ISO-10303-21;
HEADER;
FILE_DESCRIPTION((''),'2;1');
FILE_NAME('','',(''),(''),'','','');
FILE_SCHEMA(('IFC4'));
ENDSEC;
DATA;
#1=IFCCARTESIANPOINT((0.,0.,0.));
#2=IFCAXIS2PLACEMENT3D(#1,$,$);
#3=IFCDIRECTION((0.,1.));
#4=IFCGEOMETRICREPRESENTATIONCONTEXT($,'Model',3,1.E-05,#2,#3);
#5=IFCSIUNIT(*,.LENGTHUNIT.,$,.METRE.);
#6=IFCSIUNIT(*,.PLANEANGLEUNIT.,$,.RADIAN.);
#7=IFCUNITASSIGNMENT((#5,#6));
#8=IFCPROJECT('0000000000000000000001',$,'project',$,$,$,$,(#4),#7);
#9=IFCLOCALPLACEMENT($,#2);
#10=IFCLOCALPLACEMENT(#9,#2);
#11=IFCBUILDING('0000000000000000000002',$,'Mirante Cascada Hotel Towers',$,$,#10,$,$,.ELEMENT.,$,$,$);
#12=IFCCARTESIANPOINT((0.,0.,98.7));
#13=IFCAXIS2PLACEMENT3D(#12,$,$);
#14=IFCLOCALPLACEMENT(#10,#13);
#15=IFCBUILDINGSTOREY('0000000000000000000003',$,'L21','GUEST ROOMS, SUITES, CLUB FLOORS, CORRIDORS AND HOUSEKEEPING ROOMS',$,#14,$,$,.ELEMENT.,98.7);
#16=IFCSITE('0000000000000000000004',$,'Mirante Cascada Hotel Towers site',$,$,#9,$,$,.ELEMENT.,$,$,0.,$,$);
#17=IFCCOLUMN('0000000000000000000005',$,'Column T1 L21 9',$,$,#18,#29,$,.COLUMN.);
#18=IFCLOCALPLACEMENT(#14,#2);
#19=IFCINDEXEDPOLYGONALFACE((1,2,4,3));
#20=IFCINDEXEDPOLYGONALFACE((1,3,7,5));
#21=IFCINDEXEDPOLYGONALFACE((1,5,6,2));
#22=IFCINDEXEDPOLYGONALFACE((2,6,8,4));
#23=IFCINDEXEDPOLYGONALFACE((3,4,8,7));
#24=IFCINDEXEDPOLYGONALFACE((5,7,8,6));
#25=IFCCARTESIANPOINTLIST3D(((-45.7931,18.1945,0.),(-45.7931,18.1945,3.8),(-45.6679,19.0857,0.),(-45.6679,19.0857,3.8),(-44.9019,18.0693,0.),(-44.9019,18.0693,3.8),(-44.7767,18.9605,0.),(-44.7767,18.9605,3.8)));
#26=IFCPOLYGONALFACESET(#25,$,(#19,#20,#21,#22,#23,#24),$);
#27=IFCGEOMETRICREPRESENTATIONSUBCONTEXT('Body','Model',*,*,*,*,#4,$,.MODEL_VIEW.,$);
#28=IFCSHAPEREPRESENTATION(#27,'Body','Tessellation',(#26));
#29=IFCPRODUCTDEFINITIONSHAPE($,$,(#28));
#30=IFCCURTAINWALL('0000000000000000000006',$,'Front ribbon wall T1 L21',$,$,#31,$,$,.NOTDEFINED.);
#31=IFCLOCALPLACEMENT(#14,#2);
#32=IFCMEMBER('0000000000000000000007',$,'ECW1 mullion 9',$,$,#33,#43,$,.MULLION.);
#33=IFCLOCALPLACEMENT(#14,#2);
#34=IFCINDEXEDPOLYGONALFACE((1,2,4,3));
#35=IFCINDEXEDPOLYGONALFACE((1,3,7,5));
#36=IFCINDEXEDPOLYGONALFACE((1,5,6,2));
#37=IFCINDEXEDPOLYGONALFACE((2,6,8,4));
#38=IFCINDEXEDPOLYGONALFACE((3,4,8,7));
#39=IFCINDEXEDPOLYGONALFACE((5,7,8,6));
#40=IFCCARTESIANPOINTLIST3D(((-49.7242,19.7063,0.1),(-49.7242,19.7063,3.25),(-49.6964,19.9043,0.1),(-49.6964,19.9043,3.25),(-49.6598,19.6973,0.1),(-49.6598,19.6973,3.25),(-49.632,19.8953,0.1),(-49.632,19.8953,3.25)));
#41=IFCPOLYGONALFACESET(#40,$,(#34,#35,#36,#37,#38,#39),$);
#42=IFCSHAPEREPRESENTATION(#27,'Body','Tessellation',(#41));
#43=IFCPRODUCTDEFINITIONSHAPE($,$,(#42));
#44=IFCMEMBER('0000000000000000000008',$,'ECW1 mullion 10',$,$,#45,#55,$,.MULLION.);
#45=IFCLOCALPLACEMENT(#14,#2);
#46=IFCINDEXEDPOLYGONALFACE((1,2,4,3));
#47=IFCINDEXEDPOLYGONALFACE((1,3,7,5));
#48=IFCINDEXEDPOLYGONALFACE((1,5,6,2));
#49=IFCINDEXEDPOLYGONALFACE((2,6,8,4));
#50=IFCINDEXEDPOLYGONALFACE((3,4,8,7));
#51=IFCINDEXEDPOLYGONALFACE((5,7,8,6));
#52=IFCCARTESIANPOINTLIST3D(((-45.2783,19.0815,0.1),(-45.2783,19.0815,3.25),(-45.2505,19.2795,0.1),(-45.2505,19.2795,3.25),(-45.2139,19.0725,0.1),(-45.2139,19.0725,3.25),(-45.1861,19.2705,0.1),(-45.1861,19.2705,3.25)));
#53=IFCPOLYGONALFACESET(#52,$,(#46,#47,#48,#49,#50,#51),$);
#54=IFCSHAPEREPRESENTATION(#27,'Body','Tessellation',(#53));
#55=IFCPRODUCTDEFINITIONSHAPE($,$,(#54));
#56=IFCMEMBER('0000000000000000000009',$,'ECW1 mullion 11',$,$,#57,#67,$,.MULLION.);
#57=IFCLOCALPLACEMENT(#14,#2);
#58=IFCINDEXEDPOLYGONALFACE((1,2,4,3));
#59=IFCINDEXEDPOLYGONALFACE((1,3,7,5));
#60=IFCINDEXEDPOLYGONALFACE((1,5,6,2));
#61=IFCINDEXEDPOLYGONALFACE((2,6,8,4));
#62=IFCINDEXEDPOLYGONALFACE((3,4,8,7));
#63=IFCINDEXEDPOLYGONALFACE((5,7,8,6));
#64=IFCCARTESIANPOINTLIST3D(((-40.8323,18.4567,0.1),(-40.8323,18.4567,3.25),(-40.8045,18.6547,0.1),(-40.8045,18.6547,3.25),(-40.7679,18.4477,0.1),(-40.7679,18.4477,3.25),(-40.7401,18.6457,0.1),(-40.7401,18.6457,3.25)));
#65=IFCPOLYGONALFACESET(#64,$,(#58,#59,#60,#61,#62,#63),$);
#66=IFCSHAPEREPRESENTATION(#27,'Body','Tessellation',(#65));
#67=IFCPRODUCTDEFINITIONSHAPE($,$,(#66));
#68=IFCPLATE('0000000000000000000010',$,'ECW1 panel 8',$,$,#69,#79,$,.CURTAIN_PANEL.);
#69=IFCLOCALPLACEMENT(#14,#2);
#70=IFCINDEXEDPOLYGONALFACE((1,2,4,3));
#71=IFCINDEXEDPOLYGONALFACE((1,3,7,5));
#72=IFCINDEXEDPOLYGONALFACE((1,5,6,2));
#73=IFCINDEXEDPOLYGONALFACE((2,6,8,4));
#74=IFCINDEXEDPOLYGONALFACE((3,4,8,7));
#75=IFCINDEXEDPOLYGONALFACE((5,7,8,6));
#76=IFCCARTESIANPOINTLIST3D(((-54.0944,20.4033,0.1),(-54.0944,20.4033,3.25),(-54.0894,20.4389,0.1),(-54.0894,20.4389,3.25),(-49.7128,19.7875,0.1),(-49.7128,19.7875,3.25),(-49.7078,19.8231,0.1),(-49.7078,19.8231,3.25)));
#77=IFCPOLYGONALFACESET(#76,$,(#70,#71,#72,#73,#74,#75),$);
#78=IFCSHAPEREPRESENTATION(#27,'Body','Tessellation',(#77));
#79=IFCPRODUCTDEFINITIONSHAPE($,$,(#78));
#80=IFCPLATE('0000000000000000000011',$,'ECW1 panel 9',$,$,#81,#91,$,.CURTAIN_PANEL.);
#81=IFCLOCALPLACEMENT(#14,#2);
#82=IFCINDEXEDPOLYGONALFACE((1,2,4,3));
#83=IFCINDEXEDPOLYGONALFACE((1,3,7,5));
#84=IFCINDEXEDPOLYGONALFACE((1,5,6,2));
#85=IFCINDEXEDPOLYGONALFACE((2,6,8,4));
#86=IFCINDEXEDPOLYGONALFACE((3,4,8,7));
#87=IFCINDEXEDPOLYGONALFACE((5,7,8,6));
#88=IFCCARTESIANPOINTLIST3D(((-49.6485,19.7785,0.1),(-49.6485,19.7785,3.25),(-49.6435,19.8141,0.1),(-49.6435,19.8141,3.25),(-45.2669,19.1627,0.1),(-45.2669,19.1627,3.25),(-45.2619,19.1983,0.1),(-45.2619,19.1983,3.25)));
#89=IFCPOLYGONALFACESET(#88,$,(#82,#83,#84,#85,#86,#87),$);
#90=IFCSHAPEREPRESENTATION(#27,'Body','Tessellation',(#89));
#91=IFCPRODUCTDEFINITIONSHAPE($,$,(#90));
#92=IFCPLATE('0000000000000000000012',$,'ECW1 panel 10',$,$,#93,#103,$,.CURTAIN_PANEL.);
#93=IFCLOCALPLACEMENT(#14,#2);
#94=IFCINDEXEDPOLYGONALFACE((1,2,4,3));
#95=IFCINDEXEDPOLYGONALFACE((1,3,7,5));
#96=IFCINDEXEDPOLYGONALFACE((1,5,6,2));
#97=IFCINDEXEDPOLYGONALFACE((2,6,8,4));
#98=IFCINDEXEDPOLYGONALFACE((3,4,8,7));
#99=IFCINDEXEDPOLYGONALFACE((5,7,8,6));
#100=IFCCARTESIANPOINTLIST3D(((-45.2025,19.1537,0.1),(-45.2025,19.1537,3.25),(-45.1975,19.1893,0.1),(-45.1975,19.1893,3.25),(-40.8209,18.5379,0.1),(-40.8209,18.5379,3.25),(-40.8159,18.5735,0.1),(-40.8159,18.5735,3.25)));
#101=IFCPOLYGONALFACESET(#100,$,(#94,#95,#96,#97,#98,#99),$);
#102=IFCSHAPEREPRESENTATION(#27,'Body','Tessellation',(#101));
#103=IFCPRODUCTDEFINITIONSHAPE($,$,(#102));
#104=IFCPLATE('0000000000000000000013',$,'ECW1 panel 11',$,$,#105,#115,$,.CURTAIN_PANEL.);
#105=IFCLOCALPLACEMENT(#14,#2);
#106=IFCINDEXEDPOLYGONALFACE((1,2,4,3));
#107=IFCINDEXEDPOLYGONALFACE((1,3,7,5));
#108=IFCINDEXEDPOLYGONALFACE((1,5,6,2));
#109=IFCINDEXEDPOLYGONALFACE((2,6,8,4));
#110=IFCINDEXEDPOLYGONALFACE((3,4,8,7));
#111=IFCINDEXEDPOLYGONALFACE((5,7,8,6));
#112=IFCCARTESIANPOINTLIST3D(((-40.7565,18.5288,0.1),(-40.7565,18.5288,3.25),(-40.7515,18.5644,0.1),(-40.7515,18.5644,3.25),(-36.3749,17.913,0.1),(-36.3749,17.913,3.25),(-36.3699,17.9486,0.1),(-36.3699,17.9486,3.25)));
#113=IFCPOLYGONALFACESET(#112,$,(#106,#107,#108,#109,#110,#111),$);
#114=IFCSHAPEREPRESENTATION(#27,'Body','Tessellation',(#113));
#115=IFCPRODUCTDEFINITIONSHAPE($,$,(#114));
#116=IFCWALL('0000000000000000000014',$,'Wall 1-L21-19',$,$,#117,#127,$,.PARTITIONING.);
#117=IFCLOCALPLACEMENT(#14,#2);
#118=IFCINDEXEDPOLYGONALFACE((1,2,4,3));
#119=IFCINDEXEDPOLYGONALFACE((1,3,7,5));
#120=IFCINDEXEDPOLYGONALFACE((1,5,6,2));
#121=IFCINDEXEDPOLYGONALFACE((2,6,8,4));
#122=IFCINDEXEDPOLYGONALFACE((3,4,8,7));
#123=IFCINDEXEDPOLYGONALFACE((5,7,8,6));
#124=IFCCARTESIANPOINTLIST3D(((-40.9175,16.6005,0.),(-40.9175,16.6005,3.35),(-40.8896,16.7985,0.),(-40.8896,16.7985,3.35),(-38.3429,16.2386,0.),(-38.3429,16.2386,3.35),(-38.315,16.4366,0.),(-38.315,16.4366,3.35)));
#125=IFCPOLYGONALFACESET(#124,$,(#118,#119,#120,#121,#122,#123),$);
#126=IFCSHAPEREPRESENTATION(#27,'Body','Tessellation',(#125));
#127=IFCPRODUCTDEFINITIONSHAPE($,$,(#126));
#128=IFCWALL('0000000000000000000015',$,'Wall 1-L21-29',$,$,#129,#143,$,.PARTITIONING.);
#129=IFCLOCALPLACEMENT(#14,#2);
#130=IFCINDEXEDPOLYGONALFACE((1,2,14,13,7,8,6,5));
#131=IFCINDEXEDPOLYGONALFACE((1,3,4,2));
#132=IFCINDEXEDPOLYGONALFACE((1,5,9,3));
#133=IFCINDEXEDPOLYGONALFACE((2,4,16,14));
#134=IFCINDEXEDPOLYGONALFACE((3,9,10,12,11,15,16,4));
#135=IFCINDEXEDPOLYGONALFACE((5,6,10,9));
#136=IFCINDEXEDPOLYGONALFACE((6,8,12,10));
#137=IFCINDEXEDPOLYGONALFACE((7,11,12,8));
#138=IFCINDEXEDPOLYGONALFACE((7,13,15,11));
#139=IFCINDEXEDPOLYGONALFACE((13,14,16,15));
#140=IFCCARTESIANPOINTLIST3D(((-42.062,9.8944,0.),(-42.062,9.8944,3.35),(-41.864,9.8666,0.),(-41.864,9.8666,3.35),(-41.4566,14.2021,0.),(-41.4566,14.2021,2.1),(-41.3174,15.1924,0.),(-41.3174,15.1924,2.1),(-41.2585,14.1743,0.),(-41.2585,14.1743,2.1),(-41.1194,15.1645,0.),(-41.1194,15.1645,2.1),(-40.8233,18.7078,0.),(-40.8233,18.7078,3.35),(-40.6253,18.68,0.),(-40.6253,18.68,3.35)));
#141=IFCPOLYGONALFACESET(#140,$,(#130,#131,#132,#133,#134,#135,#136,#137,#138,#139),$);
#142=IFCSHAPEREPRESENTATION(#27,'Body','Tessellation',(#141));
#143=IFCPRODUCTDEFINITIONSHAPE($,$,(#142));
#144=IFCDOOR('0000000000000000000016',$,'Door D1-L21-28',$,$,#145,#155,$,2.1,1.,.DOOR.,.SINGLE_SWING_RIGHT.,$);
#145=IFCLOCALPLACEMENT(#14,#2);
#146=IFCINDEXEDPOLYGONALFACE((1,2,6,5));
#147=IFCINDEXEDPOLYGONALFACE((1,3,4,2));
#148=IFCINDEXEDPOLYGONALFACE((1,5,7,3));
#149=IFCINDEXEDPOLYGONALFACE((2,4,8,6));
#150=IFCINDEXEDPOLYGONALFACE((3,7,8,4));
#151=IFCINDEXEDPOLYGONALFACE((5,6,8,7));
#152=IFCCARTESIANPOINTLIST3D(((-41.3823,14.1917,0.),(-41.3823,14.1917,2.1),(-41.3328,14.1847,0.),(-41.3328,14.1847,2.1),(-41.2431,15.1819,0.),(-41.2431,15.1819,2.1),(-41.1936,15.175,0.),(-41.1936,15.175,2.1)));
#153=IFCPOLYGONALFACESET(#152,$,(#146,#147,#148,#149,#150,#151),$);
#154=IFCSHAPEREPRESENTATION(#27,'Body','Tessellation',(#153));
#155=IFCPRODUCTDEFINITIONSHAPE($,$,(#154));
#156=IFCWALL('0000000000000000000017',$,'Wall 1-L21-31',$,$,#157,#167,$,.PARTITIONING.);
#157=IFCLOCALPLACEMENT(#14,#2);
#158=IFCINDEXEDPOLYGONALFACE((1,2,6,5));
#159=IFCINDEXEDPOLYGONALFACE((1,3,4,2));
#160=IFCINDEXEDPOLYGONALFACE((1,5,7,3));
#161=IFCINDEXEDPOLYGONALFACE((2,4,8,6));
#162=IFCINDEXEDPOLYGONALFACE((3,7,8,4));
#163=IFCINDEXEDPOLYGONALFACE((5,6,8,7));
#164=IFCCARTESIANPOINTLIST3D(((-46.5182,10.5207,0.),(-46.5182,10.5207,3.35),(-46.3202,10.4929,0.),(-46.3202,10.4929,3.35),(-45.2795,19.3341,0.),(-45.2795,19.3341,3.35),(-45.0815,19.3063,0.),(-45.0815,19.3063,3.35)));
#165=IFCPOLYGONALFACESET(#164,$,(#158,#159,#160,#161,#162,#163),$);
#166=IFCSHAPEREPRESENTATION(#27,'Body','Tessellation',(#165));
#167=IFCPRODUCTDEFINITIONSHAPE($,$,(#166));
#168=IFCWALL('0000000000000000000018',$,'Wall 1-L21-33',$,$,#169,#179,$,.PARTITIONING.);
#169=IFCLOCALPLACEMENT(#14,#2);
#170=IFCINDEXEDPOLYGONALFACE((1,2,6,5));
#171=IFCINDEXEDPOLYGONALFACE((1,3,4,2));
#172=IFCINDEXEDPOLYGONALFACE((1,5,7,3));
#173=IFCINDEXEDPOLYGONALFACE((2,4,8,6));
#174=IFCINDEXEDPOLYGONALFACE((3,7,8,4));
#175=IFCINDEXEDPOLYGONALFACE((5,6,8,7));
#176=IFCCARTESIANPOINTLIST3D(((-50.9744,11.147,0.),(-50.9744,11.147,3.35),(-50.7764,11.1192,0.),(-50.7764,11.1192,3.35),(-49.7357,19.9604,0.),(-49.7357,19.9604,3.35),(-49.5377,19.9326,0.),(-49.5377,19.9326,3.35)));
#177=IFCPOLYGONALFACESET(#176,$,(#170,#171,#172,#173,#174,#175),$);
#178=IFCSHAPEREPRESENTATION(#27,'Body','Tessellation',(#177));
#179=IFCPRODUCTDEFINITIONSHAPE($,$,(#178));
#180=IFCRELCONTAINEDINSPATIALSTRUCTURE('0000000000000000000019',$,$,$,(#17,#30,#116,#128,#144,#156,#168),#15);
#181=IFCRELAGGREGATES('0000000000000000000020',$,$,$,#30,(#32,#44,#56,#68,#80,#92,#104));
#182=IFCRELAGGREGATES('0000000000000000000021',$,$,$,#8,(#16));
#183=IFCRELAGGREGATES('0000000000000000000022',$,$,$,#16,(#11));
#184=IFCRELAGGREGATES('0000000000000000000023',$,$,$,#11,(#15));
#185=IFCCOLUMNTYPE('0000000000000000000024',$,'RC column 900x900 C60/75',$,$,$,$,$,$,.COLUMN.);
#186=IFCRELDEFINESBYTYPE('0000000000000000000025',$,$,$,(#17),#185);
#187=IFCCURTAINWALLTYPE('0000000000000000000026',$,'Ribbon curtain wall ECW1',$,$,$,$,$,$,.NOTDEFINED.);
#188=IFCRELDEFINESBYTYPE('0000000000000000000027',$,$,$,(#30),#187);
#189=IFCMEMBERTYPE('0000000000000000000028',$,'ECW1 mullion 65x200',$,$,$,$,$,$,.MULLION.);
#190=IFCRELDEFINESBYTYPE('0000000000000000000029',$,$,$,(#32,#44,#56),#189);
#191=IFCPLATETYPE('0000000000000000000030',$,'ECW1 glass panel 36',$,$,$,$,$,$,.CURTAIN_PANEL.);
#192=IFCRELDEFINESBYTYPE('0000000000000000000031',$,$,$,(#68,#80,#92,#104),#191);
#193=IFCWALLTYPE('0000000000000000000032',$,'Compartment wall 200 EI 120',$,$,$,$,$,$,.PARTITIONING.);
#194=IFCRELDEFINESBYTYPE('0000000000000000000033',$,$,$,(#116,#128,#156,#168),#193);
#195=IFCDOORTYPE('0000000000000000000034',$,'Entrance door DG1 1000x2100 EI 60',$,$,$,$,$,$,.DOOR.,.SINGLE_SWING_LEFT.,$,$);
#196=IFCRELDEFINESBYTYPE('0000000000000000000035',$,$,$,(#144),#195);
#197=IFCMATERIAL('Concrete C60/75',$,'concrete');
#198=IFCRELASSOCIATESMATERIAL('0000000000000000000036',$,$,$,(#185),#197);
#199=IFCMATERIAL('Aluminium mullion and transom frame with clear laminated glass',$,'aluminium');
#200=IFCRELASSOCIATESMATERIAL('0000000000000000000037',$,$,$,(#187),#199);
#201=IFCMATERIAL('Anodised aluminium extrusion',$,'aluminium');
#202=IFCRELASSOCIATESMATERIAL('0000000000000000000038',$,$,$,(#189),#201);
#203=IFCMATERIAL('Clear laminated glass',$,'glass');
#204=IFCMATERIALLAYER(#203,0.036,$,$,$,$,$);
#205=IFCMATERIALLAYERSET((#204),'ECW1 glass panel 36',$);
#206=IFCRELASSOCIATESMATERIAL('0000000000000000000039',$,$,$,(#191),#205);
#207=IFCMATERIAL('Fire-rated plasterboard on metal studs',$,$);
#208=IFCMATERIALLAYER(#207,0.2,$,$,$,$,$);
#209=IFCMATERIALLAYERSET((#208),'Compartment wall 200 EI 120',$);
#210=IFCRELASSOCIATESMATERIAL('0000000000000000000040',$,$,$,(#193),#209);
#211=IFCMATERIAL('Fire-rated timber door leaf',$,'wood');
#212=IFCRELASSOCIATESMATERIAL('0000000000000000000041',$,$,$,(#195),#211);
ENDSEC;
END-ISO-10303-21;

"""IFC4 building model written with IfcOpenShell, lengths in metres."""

from ifc_helpers import new_model, si_unit, direction, frame, frame_2d, origin, origin_2d, place, context, subcontext, project, spatial, rectangle, extrude, material, layer, layer_set, material_profile, profile_set, type_object, element, fill, aggregate, save


model = new_model("IFC4")

# Units and contexts
model_context = context("Model", 3, precision=1e-05, world=origin(), true_north=direction((0.0, 1.0)))
body_context = subcontext(model_context, "Body", "Model", "MODEL_VIEW")
ifc_project = project(units=[si_unit("LENGTHUNIT", "METRE"), si_unit("PLANEANGLEUNIT", "RADIAN")], contexts=[model_context])

# Site, building, storey
site_placement = place(None, origin())
site = spatial("IfcSite", under=ifc_project, at=site_placement, Name="Mirante Cascada Hotel Towers site", CompositionType="ELEMENT", RefElevation=0.0)
building_placement = place(site_placement, origin())
building = spatial("IfcBuilding", under=site, at=building_placement, Name="Mirante Cascada Hotel Towers", CompositionType="ELEMENT")
storey_placement = place(building_placement, frame((0.0, 0.0, 98.7)))
storey = spatial("IfcBuildingStorey", under=building, at=storey_placement, Name="L21", Description="GUEST ROOMS, SUITES, CLUB FLOORS, CORRIDORS AND HOUSEKEEPING ROOMS", CompositionType="ELEMENT", Elevation=98.7)

# Column
ifc_material_1 = material(Name="Concrete C60/75", Category="concrete")
ifc_material_profile_1 = material_profile(ifc_material_1, rectangle(XDim=0.9, YDim=0.9, at=origin_2d()), Name="RC column 900x900 C60/75")
ifc_profile_set_1 = profile_set([ifc_material_profile_1], Name="Concrete C60/75")
column_type = type_object("IfcColumnType", Name="RC column 900x900 C60/75", PredefinedType="COLUMN", material=ifc_profile_set_1)
column_placement = place(storey_placement, frame((-45.2849, 18.5775, 0.0), z_axis=(0.0, 0.0, 1.0), x_axis=(-0.990268, 0.139173, 0.0)))
element("IfcColumn", 1, at=column_placement, inside=storey, type_object=column_type, Name="Column T1 L21 9", PredefinedType="COLUMN", context=body_context, shape_type="SweptSolid", body=[
    extrude(rectangle(XDim=0.9, YDim=0.9, at=origin_2d()), origin(), (0.0, 0.0, 1.0), 3.8),
])

# Curtain wall, members, plates
ifc_material_2 = material(Name="Aluminium mullion and transom frame with clear laminated glass", Category="aluminium")
curtain_wall_type = type_object("IfcCurtainWallType", Name="Ribbon curtain wall ECW1", PredefinedType="NOTDEFINED", material=ifc_material_2)
curtain_wall_placement = place(storey_placement, origin())
curtain_wall = element("IfcCurtainWall", 2, at=curtain_wall_placement, inside=storey, type_object=curtain_wall_type, Name="Front ribbon wall T1 L21", PredefinedType="NOTDEFINED")
ifc_material_3 = material(Name="Anodised aluminium extrusion", Category="aluminium")
ifc_material_profile_2 = material_profile(ifc_material_3, rectangle(XDim=0.2, YDim=0.065, at=origin_2d()), Name="ECW1 MULLION 65x200")
ifc_profile_set_2 = profile_set([ifc_material_profile_2], Name="Anodised aluminium extrusion")
member_type = type_object("IfcMemberType", Name="ECW1 mullion 65x200", PredefinedType="MULLION", material=ifc_profile_set_2)
member_1_placement = place(storey_placement, frame((-49.6781, 19.8008, 0.1), z_axis=(0.0, 0.0, 1.0), x_axis=(0.139173, 0.990268, 0.0)))
member_1 = element("IfcMember", 3, at=member_1_placement, type_object=member_type, Name="ECW1 mullion 9", PredefinedType="MULLION", context=body_context, shape_type="SweptSolid", body=[
    extrude(rectangle(XDim=0.2, YDim=0.065, at=origin_2d()), origin(), (0.0, 0.0, 1.0), 3.15),
])
member_2_placement = place(storey_placement, frame((-45.2322, 19.176, 0.1), z_axis=(0.0, 0.0, 1.0), x_axis=(0.139173, 0.990268, 0.0)))
member_2 = element("IfcMember", 4, at=member_2_placement, type_object=member_type, Name="ECW1 mullion 10", PredefinedType="MULLION", context=body_context, shape_type="SweptSolid", body=[
    extrude(rectangle(XDim=0.2, YDim=0.065, at=origin_2d()), origin(), (0.0, 0.0, 1.0), 3.15),
])
member_3_placement = place(storey_placement, frame((-40.7862, 18.5512, 0.1), z_axis=(0.0, 0.0, 1.0), x_axis=(0.139173, 0.990268, 0.0)))
member_3 = element("IfcMember", 5, at=member_3_placement, type_object=member_type, Name="ECW1 mullion 11", PredefinedType="MULLION", context=body_context, shape_type="SweptSolid", body=[
    extrude(rectangle(XDim=0.2, YDim=0.065, at=origin_2d()), origin(), (0.0, 0.0, 1.0), 3.15),
])
ifc_material_4 = material(Name="Clear laminated glass", Category="glass")
ifc_layer_1 = layer(ifc_material_4, 0.036)
ifc_layer_set_1 = layer_set([ifc_layer_1], Name="ECW1 glass panel 36")
plate_type = type_object("IfcPlateType", Name="ECW1 glass panel 36", PredefinedType="CURTAIN_PANEL", material=ifc_layer_set_1)
plate_1_placement = place(storey_placement, frame((-51.9011, 20.1132, 0.1), z_axis=(0.0, 0.0, 1.0), x_axis=(0.990268, -0.139173, 0.0)))
plate_1 = element("IfcPlate", 6, at=plate_1_placement, type_object=plate_type, Name="ECW1 panel 8", PredefinedType="CURTAIN_PANEL", context=body_context, shape_type="SweptSolid", body=[
    extrude(rectangle(XDim=4.4246, YDim=0.036, at=origin_2d()), origin(), (0.0, 0.0, 1.0), 3.15),
])
plate_2_placement = place(storey_placement, frame((-47.4552, 19.4884, 0.1), z_axis=(0.0, 0.0, 1.0), x_axis=(0.990268, -0.139173, 0.0)))
plate_2 = element("IfcPlate", 7, at=plate_2_placement, type_object=plate_type, Name="ECW1 panel 9", PredefinedType="CURTAIN_PANEL", context=body_context, shape_type="SweptSolid", body=[
    extrude(rectangle(XDim=4.4246, YDim=0.036, at=origin_2d()), origin(), (0.0, 0.0, 1.0), 3.15),
])
plate_3_placement = place(storey_placement, frame((-43.0092, 18.8636, 0.1), z_axis=(0.0, 0.0, 1.0), x_axis=(0.990268, -0.139173, 0.0)))
plate_3 = element("IfcPlate", 8, at=plate_3_placement, type_object=plate_type, Name="ECW1 panel 10", PredefinedType="CURTAIN_PANEL", context=body_context, shape_type="SweptSolid", body=[
    extrude(rectangle(XDim=4.4246, YDim=0.036, at=origin_2d()), origin(), (0.0, 0.0, 1.0), 3.15),
])
plate_4_placement = place(storey_placement, frame((-38.5632, 18.2387, 0.1), z_axis=(0.0, 0.0, 1.0), x_axis=(0.990268, -0.139173, 0.0)))
plate_4 = element("IfcPlate", 9, at=plate_4_placement, type_object=plate_type, Name="ECW1 panel 11", PredefinedType="CURTAIN_PANEL", context=body_context, shape_type="SweptSolid", body=[
    extrude(rectangle(XDim=4.4246, YDim=0.036, at=origin_2d()), origin(), (0.0, 0.0, 1.0), 3.15),
])
aggregate(curtain_wall, [member_1, member_2, member_3, plate_1, plate_2, plate_3, plate_4])

# Wall
ifc_material_5 = material(Name="Fire-rated plasterboard on metal studs")
ifc_layer_2 = layer(ifc_material_5, 0.2)
ifc_layer_set_2 = layer_set([ifc_layer_2], Name="Compartment wall 200 EI 120")
wall_type_1 = type_object("IfcWallType", Name="Compartment wall 200 EI 120", PredefinedType="PARTITIONING", material=ifc_layer_set_2)
wall_1_placement = place(storey_placement, frame((-40.9036, 16.6995, 0.0), z_axis=(0.0, 0.0, 1.0), x_axis=(0.990265, -0.139197, 0.0)))
element("IfcWall", 10, at=wall_1_placement, inside=storey, type_object=wall_type_1, Name="Wall 1-L21-19", PredefinedType="PARTITIONING", context=body_context, shape_type="SweptSolid", body=[
    extrude(rectangle(XDim=2.5999, YDim=0.2, at=frame_2d((1.3, 0.0))), origin(), (0.0, 0.0, 1.0), 3.35),
])

# Wall, opening, door
wall_2_placement = place(storey_placement, frame((-40.7243, 18.6939, 0.0), z_axis=(0.0, 0.0, 1.0), x_axis=(-0.139179, -0.990267, 0.0)))
wall_2 = element("IfcWall", 11, at=wall_2_placement, inside=storey, type_object=wall_type_1, Name="Wall 1-L21-29", PredefinedType="PARTITIONING", context=body_context, shape_type="SweptSolid", body=[
    extrude(rectangle(XDim=8.9, YDim=0.2, at=frame_2d((4.45, 0.0))), origin(), (0.0, 0.0, 1.0), 3.35),
])
opening_1_placement = place(wall_2_placement, frame((3.55, 0.0, 0.0)))
opening_1 = element("IfcOpeningElement", 12, at=opening_1_placement, cuts=wall_2, PredefinedType="OPENING", context=body_context, shape_type="SweptSolid", body=[
    extrude(rectangle(XDim=1.0, YDim=2.1, at=frame_2d((0.5, 1.05))), frame((0.0, 0.1, 0.0), z_axis=(0.0, -1.0, 0.0), x_axis=(1.0, 0.0, 0.0)), (0.0, 0.0, 1.0), 0.2),
])
ifc_material_6 = material(Name="Fire-rated timber door leaf", Category="wood")
door_type_1 = type_object("IfcDoorType", Name="Entrance door DG1 1000x2100 EI 60", OperationType="SINGLE_SWING_LEFT", PredefinedType="DOOR", material=ifc_material_6)
door_1_placement = place(opening_1_placement, frame((1.0, 0.0, 0.0), z_axis=(0.0, 0.0, 1.0), x_axis=(-1.0, 0.0, 0.0)))
door_1 = element("IfcDoor", 13, at=door_1_placement, inside=storey, type_object=door_type_1, Name="Door D1-L21-28", OperationType="SINGLE_SWING_RIGHT", OverallHeight=2.1, OverallWidth=1.0, PredefinedType="DOOR", context=body_context, shape_type="SweptSolid", body=[
    extrude(rectangle(XDim=1.0, YDim=2.1, at=frame_2d((0.5, 1.05))), frame((0.0, 0.025, 0.0), z_axis=(0.0, -1.0, 0.0), x_axis=(1.0, 0.0, 0.0)), (0.0, 0.0, 1.0), 0.05),
])
fill(opening_1, door_1)

# Walls
for number, where, z_axis, x_axis, name in (
    (14, (-45.1805, 19.3202, 0.0), (0.0, 0.0, 1.0), (-0.139179, -0.990267, 0.0), "Wall 1-L21-31"),
    (15, (-49.6367, 19.9465, 0.0), (0.0, 0.0, 1.0), (-0.139179, -0.990267, 0.0), "Wall 1-L21-33"),
):
    element("IfcWall", number, at=place(storey_placement, frame(where, z_axis=z_axis, x_axis=x_axis)), inside=storey, type_object=wall_type_1, Name=name, PredefinedType="PARTITIONING", context=body_context, shape_type="SweptSolid", body=[
        extrude(rectangle(XDim=8.9, YDim=0.2, at=frame_2d((4.45, 0.0))), origin(), (0.0, 0.0, 1.0), 3.35),
    ])

save(model, "model.ifc")
